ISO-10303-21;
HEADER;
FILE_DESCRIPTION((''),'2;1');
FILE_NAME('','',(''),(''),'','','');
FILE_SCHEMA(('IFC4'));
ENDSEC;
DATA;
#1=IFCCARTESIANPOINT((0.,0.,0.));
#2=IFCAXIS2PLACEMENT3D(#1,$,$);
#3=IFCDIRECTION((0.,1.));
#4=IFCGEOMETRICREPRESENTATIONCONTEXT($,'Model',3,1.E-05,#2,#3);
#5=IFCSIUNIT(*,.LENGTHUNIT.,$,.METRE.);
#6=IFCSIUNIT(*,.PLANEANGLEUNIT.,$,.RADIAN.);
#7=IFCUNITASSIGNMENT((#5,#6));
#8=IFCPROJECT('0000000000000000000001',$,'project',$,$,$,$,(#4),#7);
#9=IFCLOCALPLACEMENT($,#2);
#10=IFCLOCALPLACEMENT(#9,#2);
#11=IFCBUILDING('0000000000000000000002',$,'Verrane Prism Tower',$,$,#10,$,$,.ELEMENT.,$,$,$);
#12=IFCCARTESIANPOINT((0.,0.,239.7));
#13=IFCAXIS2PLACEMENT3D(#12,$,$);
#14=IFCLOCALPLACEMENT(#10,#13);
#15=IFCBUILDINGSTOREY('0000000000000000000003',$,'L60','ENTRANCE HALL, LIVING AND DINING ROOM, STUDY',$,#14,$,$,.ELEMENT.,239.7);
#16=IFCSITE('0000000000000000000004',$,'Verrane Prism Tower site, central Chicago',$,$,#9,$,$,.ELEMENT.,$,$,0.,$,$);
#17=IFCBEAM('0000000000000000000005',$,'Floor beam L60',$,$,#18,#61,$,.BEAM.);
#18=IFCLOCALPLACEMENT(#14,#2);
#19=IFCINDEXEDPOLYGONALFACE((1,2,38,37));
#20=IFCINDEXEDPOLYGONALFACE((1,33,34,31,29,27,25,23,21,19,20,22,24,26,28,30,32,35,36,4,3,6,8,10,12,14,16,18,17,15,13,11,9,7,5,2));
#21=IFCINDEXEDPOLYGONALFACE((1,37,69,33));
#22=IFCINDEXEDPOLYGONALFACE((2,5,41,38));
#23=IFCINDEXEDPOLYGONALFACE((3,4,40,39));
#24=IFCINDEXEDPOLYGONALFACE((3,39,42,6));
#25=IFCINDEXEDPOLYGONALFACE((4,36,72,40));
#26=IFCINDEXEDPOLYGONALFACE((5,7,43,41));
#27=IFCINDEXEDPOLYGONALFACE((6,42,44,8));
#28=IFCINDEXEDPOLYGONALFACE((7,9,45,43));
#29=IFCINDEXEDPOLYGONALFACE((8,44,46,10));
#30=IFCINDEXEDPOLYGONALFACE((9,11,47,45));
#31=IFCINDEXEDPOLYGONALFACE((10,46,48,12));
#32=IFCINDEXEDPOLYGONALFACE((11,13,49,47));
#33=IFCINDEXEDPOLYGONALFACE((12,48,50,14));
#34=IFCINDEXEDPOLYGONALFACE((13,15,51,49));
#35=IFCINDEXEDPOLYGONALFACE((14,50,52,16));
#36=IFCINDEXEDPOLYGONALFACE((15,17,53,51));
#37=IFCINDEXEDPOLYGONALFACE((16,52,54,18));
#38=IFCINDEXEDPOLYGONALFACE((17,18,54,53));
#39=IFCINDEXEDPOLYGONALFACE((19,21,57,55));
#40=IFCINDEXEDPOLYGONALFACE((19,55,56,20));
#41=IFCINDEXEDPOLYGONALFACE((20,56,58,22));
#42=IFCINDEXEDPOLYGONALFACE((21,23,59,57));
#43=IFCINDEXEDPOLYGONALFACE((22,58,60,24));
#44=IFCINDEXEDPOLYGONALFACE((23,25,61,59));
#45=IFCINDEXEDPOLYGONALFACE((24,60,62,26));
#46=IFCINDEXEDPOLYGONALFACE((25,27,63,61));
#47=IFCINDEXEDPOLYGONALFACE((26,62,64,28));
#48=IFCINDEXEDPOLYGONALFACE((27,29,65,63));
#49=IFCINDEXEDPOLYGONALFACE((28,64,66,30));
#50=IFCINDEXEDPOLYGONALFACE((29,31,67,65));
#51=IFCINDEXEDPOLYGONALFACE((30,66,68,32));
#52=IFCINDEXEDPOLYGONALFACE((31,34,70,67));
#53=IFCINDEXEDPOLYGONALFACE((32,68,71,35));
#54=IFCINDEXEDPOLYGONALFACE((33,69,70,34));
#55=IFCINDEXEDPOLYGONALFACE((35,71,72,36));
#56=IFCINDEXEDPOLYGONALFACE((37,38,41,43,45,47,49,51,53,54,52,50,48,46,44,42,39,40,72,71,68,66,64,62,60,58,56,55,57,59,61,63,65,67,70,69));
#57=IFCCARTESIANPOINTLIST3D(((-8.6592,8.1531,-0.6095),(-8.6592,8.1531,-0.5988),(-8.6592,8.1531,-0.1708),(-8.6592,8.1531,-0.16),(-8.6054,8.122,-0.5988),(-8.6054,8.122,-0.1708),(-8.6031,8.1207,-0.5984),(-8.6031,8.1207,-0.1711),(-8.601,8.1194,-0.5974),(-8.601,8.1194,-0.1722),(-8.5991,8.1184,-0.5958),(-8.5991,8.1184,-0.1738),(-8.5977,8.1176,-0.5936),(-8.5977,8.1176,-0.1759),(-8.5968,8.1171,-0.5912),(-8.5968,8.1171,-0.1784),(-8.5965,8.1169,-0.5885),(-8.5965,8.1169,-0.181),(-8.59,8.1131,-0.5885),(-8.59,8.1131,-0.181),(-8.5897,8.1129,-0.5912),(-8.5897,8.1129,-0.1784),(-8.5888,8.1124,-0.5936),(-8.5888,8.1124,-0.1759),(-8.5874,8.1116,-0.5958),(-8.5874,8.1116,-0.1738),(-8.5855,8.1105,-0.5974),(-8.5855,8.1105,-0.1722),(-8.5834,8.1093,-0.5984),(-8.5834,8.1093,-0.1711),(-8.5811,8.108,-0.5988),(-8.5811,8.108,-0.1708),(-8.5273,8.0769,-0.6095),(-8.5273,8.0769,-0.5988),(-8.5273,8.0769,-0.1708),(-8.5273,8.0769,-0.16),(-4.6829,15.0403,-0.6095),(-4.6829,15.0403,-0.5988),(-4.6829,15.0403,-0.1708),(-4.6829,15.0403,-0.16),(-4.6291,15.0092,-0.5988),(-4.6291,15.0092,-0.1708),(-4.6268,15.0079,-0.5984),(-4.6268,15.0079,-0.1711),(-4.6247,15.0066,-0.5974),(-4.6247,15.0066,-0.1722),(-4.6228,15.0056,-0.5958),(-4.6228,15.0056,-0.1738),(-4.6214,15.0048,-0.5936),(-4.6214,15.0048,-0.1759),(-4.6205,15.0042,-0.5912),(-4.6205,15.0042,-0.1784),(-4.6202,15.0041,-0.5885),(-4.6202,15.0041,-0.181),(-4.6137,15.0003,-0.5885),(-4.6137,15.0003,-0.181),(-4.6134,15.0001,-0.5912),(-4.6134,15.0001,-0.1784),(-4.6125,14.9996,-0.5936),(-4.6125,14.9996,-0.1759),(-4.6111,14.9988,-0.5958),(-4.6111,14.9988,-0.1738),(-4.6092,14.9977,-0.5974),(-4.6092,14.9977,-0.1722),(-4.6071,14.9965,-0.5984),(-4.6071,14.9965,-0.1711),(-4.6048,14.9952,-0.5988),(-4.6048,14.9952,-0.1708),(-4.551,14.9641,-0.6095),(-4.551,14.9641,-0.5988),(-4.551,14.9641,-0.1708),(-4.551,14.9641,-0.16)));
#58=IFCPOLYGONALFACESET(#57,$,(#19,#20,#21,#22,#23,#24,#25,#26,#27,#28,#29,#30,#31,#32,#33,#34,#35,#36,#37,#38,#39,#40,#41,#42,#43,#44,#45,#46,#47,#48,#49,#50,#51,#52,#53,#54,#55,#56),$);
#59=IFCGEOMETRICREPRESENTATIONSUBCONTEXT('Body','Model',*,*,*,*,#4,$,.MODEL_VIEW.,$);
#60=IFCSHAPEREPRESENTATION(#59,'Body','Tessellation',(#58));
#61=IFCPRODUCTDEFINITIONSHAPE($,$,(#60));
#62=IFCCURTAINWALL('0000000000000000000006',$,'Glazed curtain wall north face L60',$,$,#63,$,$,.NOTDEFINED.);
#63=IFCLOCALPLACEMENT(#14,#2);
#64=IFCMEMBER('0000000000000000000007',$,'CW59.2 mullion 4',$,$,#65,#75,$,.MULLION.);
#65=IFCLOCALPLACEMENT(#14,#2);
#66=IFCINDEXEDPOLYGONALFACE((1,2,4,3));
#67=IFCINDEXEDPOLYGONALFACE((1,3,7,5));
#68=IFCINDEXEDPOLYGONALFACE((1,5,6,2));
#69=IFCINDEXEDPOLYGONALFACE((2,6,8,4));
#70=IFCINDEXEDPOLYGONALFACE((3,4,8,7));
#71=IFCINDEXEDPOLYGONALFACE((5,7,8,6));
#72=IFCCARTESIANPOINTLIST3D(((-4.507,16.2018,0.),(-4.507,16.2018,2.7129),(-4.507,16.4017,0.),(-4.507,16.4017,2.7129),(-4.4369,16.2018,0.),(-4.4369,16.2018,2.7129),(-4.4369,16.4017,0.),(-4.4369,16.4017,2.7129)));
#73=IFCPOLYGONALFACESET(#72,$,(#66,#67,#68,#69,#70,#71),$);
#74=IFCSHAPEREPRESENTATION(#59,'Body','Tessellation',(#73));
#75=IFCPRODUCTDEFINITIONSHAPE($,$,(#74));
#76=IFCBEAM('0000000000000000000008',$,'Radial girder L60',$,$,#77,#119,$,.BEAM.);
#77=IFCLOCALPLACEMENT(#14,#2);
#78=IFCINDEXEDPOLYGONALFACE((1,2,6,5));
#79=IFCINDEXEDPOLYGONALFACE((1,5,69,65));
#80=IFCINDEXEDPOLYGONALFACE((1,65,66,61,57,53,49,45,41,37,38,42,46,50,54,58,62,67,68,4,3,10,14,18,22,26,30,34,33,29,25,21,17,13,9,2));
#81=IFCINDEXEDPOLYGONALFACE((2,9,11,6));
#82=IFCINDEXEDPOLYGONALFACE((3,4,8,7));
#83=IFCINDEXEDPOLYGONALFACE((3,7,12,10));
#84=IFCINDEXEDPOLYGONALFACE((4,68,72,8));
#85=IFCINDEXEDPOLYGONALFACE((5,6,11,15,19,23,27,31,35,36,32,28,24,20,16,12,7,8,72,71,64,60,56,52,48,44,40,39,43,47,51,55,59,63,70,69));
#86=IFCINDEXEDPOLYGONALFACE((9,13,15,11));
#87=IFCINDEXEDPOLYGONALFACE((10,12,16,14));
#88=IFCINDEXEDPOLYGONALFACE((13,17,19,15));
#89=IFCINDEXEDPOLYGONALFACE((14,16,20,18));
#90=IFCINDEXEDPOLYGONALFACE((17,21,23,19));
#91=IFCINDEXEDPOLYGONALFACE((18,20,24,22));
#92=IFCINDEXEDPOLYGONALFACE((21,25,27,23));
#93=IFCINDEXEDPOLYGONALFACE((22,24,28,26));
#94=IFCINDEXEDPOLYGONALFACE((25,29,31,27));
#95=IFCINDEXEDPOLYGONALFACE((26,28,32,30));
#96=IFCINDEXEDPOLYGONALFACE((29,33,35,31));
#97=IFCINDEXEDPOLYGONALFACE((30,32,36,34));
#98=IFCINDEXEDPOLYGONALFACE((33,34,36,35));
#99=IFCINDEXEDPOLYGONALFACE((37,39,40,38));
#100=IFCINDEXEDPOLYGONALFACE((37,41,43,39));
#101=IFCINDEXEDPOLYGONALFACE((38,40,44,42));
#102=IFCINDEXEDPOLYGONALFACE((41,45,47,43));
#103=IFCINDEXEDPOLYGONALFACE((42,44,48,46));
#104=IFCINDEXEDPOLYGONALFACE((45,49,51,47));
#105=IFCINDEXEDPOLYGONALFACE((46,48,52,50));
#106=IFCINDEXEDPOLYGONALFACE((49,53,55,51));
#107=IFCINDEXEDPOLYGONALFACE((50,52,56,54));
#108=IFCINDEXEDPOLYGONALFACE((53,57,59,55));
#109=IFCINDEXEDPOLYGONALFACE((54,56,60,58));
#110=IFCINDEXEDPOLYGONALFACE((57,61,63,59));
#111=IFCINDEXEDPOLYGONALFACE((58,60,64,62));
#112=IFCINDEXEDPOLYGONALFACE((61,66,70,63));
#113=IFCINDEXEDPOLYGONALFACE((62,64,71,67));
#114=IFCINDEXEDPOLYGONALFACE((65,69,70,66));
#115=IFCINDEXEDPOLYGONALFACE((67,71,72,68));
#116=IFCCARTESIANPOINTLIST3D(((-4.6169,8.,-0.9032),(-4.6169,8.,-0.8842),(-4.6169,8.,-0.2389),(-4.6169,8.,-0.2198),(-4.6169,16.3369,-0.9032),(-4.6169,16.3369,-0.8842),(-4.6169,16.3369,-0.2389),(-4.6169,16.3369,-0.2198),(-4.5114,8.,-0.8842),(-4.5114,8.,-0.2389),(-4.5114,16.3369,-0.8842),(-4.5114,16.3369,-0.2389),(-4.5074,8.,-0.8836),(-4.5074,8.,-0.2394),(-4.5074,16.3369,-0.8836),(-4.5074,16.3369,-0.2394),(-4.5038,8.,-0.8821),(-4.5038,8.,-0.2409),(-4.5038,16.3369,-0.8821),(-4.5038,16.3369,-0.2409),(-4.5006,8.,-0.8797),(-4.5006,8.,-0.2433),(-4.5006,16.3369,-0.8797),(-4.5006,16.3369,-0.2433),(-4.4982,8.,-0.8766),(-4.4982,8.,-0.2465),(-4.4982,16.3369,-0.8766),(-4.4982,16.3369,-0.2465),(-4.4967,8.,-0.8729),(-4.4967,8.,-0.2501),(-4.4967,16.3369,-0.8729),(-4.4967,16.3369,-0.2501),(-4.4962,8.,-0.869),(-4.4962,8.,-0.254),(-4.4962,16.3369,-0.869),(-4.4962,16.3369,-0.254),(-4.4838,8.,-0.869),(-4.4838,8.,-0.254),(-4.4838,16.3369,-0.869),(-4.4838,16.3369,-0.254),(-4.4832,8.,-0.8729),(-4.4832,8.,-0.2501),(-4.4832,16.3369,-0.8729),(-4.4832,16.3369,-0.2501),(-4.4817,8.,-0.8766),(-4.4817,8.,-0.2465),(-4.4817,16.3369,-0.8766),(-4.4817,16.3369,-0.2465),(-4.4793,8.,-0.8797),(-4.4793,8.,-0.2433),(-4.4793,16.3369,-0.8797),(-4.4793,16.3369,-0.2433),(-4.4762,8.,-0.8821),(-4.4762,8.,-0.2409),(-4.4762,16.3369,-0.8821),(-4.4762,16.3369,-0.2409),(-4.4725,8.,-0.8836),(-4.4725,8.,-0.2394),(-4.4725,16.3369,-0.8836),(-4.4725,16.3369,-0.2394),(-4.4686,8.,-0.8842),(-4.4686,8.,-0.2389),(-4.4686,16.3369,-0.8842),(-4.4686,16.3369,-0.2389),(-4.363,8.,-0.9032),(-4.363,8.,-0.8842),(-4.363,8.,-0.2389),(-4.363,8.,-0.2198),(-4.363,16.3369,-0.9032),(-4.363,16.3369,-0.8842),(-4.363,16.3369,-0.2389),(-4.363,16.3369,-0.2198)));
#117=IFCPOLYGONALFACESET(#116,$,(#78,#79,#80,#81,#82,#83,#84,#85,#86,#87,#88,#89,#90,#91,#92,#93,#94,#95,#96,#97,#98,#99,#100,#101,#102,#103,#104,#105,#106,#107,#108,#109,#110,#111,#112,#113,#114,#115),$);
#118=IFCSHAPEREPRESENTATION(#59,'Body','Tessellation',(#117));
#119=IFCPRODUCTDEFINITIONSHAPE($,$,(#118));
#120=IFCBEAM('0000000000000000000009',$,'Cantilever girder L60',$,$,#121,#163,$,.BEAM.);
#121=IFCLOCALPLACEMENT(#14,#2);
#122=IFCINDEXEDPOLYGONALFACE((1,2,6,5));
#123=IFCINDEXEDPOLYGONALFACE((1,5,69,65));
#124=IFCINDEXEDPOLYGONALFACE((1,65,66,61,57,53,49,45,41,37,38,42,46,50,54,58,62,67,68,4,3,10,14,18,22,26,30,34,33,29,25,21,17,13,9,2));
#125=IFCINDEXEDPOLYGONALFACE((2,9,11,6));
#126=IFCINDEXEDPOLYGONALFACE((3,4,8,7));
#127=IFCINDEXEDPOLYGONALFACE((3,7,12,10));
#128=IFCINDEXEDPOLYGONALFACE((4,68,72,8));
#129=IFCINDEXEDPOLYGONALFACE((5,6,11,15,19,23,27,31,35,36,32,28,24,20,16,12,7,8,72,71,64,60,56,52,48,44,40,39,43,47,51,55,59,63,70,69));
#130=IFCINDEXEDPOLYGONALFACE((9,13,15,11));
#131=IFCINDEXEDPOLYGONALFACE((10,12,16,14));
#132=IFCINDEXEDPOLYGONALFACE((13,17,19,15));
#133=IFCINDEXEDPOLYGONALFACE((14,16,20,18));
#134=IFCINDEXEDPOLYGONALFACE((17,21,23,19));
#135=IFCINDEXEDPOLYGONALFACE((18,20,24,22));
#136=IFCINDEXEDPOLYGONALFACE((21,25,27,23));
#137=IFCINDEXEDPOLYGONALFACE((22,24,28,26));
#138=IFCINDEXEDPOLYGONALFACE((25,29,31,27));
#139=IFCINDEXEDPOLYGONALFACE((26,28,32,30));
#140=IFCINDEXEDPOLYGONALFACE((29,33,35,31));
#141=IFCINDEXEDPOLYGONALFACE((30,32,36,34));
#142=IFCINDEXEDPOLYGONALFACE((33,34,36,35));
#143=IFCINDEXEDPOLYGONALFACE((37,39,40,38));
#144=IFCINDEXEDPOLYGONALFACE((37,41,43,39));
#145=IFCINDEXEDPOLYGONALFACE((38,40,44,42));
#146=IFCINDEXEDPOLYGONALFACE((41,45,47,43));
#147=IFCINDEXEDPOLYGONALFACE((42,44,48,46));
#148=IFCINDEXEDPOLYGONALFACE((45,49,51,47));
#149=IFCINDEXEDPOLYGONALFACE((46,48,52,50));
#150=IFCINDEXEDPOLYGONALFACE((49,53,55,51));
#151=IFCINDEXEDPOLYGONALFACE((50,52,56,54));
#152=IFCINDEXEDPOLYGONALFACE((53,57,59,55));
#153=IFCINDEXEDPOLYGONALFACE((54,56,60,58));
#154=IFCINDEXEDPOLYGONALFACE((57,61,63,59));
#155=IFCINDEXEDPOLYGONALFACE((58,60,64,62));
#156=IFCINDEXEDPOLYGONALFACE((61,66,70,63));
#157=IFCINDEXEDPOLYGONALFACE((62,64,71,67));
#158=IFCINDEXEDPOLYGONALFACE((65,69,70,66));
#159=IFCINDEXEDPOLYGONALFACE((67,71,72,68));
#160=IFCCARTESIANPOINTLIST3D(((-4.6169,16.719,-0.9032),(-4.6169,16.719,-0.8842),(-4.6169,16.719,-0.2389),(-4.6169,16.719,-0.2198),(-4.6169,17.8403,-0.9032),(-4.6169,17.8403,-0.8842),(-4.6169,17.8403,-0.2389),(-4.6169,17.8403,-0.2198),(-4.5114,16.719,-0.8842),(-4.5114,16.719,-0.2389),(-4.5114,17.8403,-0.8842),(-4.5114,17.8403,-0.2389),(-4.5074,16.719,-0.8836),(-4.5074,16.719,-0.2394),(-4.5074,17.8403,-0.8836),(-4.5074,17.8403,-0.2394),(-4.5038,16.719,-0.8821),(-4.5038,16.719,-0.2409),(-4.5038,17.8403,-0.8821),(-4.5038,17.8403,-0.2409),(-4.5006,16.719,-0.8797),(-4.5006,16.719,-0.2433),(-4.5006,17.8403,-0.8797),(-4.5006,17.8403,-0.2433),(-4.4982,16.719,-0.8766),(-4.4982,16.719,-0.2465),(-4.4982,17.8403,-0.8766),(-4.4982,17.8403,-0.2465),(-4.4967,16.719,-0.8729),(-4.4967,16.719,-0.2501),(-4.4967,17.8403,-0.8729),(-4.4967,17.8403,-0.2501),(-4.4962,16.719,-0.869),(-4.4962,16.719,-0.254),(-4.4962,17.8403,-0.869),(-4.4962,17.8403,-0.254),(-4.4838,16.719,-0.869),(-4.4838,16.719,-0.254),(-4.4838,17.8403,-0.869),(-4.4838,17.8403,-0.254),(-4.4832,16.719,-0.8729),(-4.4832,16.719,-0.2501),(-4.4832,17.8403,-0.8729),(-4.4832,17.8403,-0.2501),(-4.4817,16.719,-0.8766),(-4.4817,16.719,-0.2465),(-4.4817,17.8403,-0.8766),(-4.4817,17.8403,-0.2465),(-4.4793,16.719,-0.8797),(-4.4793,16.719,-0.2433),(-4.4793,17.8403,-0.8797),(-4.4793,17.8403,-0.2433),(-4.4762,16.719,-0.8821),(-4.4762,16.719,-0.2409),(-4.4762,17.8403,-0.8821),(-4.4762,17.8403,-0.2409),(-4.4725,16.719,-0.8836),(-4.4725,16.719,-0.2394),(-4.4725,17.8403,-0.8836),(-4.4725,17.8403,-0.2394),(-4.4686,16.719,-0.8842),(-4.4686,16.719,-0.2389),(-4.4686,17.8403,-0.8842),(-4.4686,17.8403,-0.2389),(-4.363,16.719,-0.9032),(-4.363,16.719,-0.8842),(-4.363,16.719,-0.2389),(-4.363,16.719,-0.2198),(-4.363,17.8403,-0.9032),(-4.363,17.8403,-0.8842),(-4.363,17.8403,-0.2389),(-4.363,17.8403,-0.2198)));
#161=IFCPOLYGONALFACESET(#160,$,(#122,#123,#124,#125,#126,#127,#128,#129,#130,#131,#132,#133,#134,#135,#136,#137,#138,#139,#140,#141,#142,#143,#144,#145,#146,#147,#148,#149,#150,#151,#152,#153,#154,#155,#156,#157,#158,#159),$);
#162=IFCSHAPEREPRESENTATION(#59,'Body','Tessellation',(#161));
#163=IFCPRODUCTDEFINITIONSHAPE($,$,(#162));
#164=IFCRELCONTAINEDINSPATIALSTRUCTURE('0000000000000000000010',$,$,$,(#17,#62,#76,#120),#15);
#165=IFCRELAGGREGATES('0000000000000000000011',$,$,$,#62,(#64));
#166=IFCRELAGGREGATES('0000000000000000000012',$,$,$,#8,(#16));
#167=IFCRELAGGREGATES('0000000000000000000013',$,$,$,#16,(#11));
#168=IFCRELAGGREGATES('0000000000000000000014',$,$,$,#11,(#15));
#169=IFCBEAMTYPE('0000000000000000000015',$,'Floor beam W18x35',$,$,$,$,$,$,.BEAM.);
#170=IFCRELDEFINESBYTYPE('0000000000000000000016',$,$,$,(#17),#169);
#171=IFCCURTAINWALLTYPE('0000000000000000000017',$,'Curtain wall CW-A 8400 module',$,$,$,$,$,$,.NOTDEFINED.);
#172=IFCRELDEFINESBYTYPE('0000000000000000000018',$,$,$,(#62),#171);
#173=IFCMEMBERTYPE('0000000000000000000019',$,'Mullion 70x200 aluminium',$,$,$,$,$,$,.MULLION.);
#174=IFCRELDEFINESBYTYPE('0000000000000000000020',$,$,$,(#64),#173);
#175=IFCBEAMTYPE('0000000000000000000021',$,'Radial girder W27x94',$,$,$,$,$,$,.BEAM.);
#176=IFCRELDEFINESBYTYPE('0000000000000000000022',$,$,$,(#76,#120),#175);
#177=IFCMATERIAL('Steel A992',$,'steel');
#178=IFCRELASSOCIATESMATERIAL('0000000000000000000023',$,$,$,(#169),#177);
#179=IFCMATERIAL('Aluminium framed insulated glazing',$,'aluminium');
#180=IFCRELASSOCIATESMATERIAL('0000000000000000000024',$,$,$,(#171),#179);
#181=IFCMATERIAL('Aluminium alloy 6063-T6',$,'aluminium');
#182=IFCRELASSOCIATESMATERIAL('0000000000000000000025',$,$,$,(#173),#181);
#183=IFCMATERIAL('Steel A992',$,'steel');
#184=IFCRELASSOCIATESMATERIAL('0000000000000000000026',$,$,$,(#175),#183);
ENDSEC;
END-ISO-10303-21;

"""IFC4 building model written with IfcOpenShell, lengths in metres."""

from ifc_helpers import new_model, si_unit, direction, frame, origin, origin_2d, place, context, subcontext, project, spatial, rectangle, i_section, extrude, material, material_profile, profile_set, type_object, element, aggregate, save


model = new_model("IFC4")

# Units and contexts
model_context = context("Model", 3, precision=1e-05, world=origin(), true_north=direction((0.0, 1.0)))
body_context = subcontext(model_context, "Body", "Model", "MODEL_VIEW")
ifc_project = project(units=[si_unit("LENGTHUNIT", "METRE"), si_unit("PLANEANGLEUNIT", "RADIAN")], contexts=[model_context])

# Site, building, storey
site_placement = place(None, origin())
site = spatial("IfcSite", under=ifc_project, at=site_placement, Name="Verrane Prism Tower site, central Chicago", CompositionType="ELEMENT", RefElevation=0.0)
building_placement = place(site_placement, origin())
building = spatial("IfcBuilding", under=site, at=building_placement, Name="Verrane Prism Tower", CompositionType="ELEMENT")
storey_placement = place(building_placement, frame((0.0, 0.0, 239.7)))
storey = spatial("IfcBuildingStorey", under=building, at=storey_placement, Name="L60", Description="ENTRANCE HALL, LIVING AND DINING ROOM, STUDY", CompositionType="ELEMENT", Elevation=239.7)

# Beam
ifc_material_1 = material(Name="Steel A992", Category="steel")
ifc_material_profile_1 = material_profile(ifc_material_1, i_section(OverallWidth=0.1523, OverallDepth=0.4495, WebThickness=0.0076, FlangeThickness=0.0107, FilletRadius=0.0103, at=origin_2d()), Name="W18x35")
ifc_profile_set_1 = profile_set([ifc_material_profile_1], Name="Steel A992")
beam_type_1 = type_object("IfcBeamType", Name="Floor beam W18x35", PredefinedType="BEAM", material=ifc_profile_set_1)
beam_1_placement = place(storey_placement, frame((-8.5933, 8.115, -0.3848), z_axis=(0.499999, 0.866026, 0.0), x_axis=(-0.866026, 0.499999, 0.0)))
element("IfcBeam", 1, at=beam_1_placement, inside=storey, type_object=beam_type_1, Name="Floor beam L60", PredefinedType="BEAM", context=body_context, shape_type="SweptSolid", body=[
    extrude(i_section(OverallWidth=0.1523, OverallDepth=0.4495, WebThickness=0.0076, FlangeThickness=0.0107, FilletRadius=0.0103, at=origin_2d()), origin(), (0.0, 0.0, 1.0), 7.9526),
])

# Curtain wall, member
ifc_material_2 = material(Name="Aluminium framed insulated glazing", Category="aluminium")
curtain_wall_type = type_object("IfcCurtainWallType", Name="Curtain wall CW-A 8400 module", PredefinedType="NOTDEFINED", material=ifc_material_2)
curtain_wall_placement = place(storey_placement, origin())
curtain_wall = element("IfcCurtainWall", 2, at=curtain_wall_placement, inside=storey, type_object=curtain_wall_type, Name="Glazed curtain wall north face L60", PredefinedType="NOTDEFINED")
ifc_material_3 = material(Name="Aluminium alloy 6063-T6", Category="aluminium")
ifc_material_profile_2 = material_profile(ifc_material_3, rectangle(XDim=0.2, YDim=0.0701, at=origin_2d()), Name="Mullion 70x200 aluminium")
ifc_profile_set_2 = profile_set([ifc_material_profile_2], Name="Aluminium alloy 6063-T6")
member_type_1 = type_object("IfcMemberType", Name="Mullion 70x200 aluminium", PredefinedType="MULLION", material=ifc_profile_set_2)
member_1_placement = place(storey_placement, frame((-4.4719, 16.3018, 0.0), z_axis=(0.0, 0.0, 1.0), x_axis=(0.0, -1.0, 0.0)))
member_1 = element("IfcMember", 3, at=member_1_placement, type_object=member_type_1, Name="CW59.2 mullion 4", PredefinedType="MULLION", context=body_context, shape_type="SweptSolid", body=[
    extrude(rectangle(XDim=0.2, YDim=0.0701, at=origin_2d()), origin(), (0.0, 0.0, 1.0), 2.7129),
])

# Beams
ifc_material_4 = material(Name="Steel A992", Category="steel")
ifc_material_profile_3 = material_profile(ifc_material_4, i_section(OverallWidth=0.2539, OverallDepth=0.6833, WebThickness=0.0125, FlangeThickness=0.019, FilletRadius=0.0151, at=origin_2d()), Name="W27x94")
ifc_profile_set_3 = profile_set([ifc_material_profile_3], Name="Steel A992")
beam_type_2 = type_object("IfcBeamType", Name="Radial girder W27x94", PredefinedType="BEAM", material=ifc_profile_set_3)
beam_2_placement = place(storey_placement, frame((-4.49, 16.3369, -0.5615), z_axis=(0.0, -1.0, 0.0), x_axis=(1.0, 0.0, 0.0)))
element("IfcBeam", 4, at=beam_2_placement, inside=storey, type_object=beam_type_2, Name="Radial girder L60", PredefinedType="BEAM", context=body_context, shape_type="SweptSolid", body=[
    extrude(i_section(OverallWidth=0.2539, OverallDepth=0.6833, WebThickness=0.0125, FlangeThickness=0.019, FilletRadius=0.0151, at=origin_2d()), origin(), (0.0, 0.0, 1.0), 8.3369),
])
beam_3_placement = place(storey_placement, frame((-4.49, 16.719, -0.5615), z_axis=(0.0, 1.0, 0.0), x_axis=(-1.0, 0.0, 0.0)))
element("IfcBeam", 5, at=beam_3_placement, inside=storey, type_object=beam_type_2, Name="Cantilever girder L60", PredefinedType="BEAM", context=body_context, shape_type="SweptSolid", body=[
    extrude(i_section(OverallWidth=0.2539, OverallDepth=0.6833, WebThickness=0.0125, FlangeThickness=0.019, FilletRadius=0.0151, at=origin_2d()), origin(), (0.0, 0.0, 1.0), 1.1213),
])

aggregate(curtain_wall, [member_1])

save(model, "model.ifc")
